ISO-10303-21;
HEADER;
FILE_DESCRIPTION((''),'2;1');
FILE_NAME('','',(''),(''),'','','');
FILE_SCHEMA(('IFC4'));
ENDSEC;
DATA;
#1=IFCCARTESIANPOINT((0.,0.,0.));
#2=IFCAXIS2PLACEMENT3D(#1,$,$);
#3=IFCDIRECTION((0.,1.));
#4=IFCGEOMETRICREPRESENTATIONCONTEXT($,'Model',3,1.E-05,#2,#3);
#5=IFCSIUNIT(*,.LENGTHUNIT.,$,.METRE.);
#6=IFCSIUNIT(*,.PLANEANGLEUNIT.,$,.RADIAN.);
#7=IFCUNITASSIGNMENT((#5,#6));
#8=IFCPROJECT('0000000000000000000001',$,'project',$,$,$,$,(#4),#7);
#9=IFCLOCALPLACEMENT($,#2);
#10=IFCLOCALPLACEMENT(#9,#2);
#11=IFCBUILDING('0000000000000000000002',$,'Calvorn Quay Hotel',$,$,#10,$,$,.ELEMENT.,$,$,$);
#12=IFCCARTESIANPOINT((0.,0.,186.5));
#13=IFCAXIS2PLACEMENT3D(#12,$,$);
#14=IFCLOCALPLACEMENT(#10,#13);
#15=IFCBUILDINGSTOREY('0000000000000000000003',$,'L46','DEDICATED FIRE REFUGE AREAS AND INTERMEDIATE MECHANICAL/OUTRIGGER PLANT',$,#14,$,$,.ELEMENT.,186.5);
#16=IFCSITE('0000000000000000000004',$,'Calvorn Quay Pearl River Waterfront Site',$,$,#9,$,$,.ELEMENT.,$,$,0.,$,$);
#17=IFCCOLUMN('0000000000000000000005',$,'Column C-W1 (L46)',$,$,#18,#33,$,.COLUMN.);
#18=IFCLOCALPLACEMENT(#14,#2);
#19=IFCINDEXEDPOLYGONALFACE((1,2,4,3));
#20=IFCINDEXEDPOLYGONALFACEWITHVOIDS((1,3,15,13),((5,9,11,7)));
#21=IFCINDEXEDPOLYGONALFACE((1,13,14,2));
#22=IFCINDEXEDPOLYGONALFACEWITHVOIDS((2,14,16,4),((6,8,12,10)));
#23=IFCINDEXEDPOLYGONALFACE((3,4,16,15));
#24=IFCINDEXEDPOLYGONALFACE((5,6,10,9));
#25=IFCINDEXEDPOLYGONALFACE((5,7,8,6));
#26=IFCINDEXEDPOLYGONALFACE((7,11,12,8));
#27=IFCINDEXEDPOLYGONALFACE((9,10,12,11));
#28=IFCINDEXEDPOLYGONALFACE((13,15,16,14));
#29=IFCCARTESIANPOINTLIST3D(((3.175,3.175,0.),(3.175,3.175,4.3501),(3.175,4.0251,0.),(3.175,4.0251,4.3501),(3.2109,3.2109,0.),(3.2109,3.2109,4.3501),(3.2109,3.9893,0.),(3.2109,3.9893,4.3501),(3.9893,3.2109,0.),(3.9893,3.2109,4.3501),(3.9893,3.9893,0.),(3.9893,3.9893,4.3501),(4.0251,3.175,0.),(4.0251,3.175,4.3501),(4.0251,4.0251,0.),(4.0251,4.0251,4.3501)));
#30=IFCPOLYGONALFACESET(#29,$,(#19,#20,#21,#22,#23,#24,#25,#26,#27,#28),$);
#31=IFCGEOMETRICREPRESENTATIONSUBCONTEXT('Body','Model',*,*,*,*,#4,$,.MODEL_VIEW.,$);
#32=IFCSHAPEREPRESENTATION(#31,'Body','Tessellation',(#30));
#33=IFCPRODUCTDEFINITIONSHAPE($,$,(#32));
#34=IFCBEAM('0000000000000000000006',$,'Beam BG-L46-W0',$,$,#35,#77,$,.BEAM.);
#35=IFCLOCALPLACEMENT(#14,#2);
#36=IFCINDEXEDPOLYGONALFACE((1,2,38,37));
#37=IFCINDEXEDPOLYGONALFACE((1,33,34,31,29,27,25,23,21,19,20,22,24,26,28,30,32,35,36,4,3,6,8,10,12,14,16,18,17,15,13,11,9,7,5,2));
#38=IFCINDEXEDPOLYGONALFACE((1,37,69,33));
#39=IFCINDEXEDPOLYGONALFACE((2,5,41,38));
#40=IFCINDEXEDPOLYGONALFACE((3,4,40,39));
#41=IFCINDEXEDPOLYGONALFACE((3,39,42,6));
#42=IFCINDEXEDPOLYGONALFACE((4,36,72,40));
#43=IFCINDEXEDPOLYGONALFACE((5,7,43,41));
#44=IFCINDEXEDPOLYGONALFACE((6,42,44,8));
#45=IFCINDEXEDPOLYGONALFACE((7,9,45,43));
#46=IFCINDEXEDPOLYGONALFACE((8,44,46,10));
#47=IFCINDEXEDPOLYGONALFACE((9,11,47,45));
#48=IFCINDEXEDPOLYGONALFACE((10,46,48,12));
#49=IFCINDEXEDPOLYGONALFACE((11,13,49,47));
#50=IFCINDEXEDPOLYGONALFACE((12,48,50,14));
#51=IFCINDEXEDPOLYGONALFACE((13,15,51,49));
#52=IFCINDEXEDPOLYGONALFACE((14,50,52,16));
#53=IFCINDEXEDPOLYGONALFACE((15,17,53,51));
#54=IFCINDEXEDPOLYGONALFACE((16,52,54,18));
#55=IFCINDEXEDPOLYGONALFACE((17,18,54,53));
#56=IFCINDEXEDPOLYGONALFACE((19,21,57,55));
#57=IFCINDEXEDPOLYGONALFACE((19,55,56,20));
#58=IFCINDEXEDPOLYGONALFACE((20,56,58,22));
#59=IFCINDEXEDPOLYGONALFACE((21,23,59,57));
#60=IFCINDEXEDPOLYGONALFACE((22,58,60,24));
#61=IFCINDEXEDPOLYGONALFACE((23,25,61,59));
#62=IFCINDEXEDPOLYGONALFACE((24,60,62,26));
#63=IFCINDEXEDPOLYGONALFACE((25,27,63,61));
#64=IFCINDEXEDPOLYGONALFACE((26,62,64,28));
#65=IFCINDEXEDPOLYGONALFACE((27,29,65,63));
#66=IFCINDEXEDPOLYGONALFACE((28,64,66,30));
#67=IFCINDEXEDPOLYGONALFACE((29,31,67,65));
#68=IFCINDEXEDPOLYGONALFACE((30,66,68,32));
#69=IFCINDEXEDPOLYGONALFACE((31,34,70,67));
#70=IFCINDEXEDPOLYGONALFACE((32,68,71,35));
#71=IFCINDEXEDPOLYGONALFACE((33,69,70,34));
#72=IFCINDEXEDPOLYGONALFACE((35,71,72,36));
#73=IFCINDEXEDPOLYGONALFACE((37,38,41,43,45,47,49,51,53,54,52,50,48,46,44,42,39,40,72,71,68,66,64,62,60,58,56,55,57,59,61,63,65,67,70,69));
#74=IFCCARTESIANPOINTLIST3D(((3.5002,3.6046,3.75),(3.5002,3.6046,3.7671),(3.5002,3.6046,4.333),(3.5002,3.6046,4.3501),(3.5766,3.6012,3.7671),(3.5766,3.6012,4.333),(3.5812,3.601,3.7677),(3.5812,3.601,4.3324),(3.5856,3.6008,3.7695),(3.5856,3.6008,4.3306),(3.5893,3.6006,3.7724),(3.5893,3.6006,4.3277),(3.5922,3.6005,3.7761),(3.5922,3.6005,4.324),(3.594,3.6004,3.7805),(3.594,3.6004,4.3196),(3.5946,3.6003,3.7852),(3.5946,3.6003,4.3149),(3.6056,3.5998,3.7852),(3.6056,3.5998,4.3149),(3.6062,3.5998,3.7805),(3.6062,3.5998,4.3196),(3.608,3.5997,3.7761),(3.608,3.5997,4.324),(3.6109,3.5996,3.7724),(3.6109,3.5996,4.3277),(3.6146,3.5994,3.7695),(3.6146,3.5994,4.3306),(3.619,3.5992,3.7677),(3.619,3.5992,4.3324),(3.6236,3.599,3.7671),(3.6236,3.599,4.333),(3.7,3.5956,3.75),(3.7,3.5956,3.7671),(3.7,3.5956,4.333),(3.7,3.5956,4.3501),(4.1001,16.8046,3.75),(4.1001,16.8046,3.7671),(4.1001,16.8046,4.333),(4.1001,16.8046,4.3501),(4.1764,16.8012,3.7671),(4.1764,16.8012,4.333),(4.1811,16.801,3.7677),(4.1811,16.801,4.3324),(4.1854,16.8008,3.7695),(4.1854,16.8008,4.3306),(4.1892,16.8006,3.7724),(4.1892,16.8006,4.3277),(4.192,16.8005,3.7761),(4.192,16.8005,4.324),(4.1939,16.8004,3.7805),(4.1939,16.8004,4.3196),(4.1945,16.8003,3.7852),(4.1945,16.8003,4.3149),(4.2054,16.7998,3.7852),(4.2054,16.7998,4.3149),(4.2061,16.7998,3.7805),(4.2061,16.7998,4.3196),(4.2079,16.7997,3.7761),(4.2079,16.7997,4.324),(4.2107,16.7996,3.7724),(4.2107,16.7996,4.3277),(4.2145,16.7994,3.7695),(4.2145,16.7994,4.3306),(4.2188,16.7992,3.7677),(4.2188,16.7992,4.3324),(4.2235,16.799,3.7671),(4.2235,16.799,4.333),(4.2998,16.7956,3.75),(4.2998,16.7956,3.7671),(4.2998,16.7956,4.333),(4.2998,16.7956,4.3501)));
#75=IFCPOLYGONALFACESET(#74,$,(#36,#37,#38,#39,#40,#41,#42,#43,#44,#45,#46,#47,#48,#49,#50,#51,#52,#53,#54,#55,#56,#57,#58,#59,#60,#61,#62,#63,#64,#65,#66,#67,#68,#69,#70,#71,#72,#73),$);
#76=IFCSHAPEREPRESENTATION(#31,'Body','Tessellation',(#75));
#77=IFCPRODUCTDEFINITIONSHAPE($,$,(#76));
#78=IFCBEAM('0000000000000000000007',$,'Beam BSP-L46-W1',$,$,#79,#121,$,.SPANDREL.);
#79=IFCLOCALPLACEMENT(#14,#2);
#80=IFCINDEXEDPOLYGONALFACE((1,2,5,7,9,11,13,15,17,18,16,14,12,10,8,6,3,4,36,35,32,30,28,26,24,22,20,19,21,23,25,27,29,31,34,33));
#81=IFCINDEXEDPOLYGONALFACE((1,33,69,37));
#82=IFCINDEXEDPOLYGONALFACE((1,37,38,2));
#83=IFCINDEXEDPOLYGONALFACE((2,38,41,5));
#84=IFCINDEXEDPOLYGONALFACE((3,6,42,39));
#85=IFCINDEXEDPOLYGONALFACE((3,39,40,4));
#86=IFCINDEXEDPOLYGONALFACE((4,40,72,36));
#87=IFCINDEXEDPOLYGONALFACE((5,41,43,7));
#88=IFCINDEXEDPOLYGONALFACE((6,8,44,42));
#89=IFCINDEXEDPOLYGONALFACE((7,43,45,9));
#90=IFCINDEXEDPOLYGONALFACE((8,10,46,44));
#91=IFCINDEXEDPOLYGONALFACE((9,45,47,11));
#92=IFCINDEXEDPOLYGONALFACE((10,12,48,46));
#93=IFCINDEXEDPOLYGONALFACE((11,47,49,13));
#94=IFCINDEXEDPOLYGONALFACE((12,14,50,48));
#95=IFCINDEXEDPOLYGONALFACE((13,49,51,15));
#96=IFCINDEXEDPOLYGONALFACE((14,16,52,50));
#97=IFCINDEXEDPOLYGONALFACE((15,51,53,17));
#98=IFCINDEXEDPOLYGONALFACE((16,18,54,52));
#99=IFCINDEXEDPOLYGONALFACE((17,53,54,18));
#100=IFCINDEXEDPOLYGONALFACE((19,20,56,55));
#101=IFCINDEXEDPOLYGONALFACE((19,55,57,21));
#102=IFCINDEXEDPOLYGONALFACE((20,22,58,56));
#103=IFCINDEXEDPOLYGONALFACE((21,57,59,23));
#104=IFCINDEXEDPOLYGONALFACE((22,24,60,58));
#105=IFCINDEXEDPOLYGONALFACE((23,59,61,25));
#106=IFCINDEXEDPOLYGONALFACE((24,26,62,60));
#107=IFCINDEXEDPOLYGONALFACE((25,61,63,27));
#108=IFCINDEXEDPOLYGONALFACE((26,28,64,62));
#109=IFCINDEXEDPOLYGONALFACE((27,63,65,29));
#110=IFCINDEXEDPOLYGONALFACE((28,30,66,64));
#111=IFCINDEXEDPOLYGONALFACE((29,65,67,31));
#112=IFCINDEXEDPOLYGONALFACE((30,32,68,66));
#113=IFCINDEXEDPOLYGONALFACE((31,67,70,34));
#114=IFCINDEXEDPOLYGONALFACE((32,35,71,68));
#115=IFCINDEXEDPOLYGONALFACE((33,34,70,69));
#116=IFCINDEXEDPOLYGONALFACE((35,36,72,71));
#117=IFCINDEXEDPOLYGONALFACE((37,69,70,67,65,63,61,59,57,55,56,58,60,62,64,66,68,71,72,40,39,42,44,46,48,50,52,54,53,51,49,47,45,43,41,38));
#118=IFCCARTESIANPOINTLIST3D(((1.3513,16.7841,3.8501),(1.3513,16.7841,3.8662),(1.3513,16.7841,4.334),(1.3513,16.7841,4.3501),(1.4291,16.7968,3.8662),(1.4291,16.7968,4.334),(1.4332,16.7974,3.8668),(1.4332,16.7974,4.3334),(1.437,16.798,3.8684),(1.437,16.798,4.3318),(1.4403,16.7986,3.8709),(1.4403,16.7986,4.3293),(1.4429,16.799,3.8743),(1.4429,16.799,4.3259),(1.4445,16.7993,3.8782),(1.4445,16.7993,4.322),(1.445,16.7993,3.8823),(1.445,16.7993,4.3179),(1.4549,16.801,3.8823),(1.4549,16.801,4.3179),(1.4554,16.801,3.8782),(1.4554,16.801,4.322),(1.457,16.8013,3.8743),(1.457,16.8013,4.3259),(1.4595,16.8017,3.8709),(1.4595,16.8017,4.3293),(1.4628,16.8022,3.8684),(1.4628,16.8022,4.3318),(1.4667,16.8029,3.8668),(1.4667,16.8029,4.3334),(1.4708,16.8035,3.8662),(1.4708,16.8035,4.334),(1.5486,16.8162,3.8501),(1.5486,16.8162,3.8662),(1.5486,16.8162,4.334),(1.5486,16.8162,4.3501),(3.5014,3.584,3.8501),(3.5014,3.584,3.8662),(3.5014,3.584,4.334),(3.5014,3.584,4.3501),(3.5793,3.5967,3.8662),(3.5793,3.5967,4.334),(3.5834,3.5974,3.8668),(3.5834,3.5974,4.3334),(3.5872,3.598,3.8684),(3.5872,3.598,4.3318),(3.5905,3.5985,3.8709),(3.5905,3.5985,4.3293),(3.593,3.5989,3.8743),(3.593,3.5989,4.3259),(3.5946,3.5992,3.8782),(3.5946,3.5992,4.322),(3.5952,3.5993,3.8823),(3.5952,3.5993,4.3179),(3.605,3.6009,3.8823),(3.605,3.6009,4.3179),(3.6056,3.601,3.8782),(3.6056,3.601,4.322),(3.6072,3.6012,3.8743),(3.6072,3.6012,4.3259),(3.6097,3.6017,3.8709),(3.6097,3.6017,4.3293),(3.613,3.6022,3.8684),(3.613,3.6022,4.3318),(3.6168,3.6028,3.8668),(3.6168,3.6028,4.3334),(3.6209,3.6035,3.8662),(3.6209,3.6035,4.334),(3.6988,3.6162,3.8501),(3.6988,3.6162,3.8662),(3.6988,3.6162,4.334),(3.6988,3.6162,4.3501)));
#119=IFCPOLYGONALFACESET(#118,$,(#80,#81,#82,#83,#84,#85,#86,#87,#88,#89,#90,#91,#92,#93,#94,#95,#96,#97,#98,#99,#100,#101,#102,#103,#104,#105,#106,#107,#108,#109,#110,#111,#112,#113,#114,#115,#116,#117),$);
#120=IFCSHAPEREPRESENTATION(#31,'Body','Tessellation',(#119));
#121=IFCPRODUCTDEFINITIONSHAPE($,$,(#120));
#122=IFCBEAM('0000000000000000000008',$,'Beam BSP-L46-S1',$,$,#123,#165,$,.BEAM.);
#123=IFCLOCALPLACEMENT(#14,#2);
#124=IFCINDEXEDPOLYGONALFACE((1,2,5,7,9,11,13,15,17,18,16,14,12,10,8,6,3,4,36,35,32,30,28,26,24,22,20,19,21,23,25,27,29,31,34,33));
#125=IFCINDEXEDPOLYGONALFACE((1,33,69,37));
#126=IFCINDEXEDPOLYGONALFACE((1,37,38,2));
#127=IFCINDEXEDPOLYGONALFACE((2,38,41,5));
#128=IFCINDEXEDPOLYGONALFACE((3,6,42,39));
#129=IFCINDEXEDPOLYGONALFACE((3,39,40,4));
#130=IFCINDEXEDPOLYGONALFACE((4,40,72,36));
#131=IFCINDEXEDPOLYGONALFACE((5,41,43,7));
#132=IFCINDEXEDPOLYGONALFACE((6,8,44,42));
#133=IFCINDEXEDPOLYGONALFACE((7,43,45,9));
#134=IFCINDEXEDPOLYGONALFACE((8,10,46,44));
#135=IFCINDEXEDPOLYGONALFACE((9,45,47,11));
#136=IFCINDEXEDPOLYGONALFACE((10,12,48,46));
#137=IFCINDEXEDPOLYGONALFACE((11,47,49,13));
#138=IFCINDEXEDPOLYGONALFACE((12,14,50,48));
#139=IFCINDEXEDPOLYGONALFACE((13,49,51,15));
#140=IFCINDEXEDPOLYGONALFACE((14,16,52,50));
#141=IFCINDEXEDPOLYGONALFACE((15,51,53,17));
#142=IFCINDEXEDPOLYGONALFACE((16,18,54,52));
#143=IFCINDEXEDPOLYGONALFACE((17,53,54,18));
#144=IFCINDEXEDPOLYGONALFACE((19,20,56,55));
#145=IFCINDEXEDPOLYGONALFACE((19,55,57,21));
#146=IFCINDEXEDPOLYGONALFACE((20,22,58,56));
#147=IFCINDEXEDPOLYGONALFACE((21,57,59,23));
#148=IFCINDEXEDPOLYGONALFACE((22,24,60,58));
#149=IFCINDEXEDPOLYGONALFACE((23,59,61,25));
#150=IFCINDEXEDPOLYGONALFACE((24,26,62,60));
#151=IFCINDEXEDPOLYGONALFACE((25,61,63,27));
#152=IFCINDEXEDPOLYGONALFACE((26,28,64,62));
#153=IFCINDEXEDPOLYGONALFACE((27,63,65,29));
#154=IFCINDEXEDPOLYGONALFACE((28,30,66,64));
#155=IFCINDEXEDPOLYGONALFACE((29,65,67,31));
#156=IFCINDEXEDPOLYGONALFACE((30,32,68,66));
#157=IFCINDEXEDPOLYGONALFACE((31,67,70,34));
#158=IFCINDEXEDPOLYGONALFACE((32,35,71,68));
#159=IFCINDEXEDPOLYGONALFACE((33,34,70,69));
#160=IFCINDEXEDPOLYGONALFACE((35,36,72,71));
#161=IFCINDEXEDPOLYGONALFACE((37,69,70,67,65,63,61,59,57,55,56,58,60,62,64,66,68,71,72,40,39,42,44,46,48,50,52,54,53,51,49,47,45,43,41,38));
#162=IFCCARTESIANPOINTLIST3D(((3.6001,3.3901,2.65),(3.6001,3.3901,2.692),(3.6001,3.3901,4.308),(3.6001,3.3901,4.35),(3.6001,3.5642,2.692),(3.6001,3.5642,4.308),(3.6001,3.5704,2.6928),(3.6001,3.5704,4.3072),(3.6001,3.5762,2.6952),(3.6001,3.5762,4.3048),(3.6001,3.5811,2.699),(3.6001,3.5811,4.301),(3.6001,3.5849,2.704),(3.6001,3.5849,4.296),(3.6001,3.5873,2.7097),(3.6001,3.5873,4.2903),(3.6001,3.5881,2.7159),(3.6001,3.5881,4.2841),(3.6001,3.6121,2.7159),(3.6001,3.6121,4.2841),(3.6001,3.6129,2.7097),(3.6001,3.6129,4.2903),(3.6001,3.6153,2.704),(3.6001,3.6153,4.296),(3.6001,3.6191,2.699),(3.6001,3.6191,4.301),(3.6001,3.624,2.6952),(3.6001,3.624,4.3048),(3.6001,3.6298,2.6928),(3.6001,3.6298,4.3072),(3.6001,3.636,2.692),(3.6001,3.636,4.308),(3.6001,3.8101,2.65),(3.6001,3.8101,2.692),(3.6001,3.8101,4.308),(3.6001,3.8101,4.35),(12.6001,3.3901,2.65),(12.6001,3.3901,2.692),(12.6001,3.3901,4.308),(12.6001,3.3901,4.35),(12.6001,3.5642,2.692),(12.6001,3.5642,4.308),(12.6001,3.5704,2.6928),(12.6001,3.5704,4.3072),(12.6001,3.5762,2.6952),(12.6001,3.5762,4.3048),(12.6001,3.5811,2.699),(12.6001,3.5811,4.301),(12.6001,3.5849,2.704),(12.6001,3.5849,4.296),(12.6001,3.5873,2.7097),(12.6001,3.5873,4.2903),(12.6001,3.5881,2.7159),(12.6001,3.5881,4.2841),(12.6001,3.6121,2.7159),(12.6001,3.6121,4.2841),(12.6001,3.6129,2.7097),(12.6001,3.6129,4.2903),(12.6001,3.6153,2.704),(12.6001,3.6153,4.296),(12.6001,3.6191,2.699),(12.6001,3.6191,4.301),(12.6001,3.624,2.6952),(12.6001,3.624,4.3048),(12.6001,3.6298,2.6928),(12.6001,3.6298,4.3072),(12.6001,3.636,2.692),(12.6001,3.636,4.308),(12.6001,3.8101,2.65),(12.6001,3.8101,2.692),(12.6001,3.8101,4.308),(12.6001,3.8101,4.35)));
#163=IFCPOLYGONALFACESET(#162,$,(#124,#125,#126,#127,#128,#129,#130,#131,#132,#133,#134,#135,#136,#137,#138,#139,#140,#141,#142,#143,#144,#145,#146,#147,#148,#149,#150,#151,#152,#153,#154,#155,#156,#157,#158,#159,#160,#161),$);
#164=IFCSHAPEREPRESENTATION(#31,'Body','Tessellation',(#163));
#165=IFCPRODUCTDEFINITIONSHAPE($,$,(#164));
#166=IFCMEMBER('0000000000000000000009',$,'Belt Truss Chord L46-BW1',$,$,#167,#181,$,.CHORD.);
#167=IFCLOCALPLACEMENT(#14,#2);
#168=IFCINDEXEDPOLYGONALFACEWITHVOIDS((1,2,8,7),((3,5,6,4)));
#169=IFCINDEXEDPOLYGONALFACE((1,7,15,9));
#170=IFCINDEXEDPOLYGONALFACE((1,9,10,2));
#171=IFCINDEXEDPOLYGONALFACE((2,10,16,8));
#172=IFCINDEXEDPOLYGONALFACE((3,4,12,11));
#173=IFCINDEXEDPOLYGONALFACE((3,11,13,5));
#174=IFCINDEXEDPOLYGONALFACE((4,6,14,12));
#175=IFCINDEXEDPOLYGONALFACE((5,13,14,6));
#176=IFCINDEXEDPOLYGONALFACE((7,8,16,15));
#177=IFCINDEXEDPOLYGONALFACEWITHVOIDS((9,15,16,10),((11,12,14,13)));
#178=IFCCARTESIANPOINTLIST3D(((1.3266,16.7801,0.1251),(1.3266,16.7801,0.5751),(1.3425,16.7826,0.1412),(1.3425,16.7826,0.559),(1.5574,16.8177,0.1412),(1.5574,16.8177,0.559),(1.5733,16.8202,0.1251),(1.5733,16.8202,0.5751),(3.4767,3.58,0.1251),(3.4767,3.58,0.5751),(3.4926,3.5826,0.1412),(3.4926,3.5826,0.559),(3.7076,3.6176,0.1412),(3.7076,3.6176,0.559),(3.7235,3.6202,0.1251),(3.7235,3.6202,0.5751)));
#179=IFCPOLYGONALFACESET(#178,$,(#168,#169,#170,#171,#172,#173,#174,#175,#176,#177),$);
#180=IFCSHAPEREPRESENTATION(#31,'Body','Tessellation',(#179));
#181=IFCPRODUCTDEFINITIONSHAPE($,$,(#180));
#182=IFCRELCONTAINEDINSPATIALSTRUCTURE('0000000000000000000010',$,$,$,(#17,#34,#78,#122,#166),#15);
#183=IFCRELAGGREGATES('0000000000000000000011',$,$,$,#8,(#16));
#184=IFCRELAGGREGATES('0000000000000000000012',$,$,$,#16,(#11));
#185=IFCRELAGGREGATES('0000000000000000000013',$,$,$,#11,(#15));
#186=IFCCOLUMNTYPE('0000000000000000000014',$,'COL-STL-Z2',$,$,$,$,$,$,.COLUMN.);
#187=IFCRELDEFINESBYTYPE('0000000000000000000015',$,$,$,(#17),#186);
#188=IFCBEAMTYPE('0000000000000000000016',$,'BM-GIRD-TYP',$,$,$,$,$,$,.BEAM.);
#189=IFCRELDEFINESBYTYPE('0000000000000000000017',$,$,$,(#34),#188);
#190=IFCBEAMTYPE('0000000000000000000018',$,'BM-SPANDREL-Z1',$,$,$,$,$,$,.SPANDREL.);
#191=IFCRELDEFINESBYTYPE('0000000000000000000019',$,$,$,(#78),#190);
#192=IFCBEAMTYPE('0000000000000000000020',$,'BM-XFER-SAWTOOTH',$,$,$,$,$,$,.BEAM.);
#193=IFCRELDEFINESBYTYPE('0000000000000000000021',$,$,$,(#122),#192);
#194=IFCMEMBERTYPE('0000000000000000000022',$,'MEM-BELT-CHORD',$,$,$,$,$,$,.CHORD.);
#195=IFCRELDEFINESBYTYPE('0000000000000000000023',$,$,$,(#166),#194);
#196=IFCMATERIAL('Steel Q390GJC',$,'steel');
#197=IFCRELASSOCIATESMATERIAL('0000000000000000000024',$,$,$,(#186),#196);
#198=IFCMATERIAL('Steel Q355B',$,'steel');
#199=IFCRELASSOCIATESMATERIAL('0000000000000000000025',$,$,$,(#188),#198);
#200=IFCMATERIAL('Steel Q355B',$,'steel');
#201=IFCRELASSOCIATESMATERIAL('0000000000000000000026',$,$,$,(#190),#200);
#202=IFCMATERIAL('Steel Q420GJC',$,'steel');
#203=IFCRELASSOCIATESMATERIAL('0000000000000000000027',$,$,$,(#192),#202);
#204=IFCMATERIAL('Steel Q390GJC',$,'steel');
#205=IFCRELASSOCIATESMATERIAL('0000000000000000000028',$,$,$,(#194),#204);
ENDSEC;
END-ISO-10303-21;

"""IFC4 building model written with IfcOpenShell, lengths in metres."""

from ifc_helpers import new_model, si_unit, direction, frame, origin, origin_2d, place, context, subcontext, project, spatial, hollow_rectangle, i_section, extrude, material, material_profile, profile_set, type_object, element, save


model = new_model("IFC4")

# Units and contexts
model_context = context("Model", 3, precision=1e-05, world=origin(), true_north=direction((0.0, 1.0)))
body_context = subcontext(model_context, "Body", "Model", "MODEL_VIEW")
ifc_project = project(units=[si_unit("LENGTHUNIT", "METRE"), si_unit("PLANEANGLEUNIT", "RADIAN")], contexts=[model_context])

# Site, building, storey
site_placement = place(None, origin())
site = spatial("IfcSite", under=ifc_project, at=site_placement, Name="Calvorn Quay Pearl River Waterfront Site", CompositionType="ELEMENT", RefElevation=0.0)
building_placement = place(site_placement, origin())
building = spatial("IfcBuilding", under=site, at=building_placement, Name="Calvorn Quay Hotel", CompositionType="ELEMENT")
storey_placement = place(building_placement, frame((0.0, 0.0, 186.5)))
storey = spatial("IfcBuildingStorey", under=building, at=storey_placement, Name="L46", Description="DEDICATED FIRE REFUGE AREAS AND INTERMEDIATE MECHANICAL/OUTRIGGER PLANT", CompositionType="ELEMENT", Elevation=186.5)

# Column
ifc_material_1 = material(Name="Steel Q390GJC", Category="steel")
ifc_material_profile_1 = material_profile(ifc_material_1, hollow_rectangle(XDim=0.8501, YDim=0.8501, WallThickness=0.0359, at=origin_2d()), Name="BOX850x850x36")
ifc_profile_set_1 = profile_set([ifc_material_profile_1], Name="Steel Q390GJC")
column_type = type_object("IfcColumnType", Name="COL-STL-Z2", PredefinedType="COLUMN", material=ifc_profile_set_1)
column_placement = place(storey_placement, frame((3.6001, 3.6001, 0.0), z_axis=(0.0, 0.0, 1.0), x_axis=(1.0, 0.0, 0.0)))
element("IfcColumn", 1, at=column_placement, inside=storey, type_object=column_type, Name="Column C-W1 (L46)", PredefinedType="COLUMN", context=body_context, shape_type="SweptSolid", body=[
    extrude(hollow_rectangle(XDim=0.8501, YDim=0.8501, WallThickness=0.0359, at=origin_2d()), origin(), (0.0, 0.0, 1.0), 4.3501),
])

# Beams
ifc_material_2 = material(Name="Steel Q355B", Category="steel")
ifc_material_profile_2 = material_profile(ifc_material_2, i_section(OverallWidth=0.2, OverallDepth=0.6001, WebThickness=0.011, FlangeThickness=0.0171, FilletRadius=0.0181, at=origin_2d()), Name="HN600x200x11x17")
ifc_profile_set_2 = profile_set([ifc_material_profile_2], Name="Steel Q355B")
beam_type_1 = type_object("IfcBeamType", Name="BM-GIRD-TYP", PredefinedType="BEAM", material=ifc_profile_set_2)
beam_1_placement = place(storey_placement, frame((3.6001, 3.6001, 4.05), z_axis=(0.045397, 0.998969, 0.0), x_axis=(-0.998969, 0.045397, 0.0)))
element("IfcBeam", 2, at=beam_1_placement, inside=storey, type_object=beam_type_1, Name="Beam BG-L46-W0", PredefinedType="BEAM", context=body_context, shape_type="SweptSolid", body=[
    extrude(i_section(OverallWidth=0.2, OverallDepth=0.6001, WebThickness=0.011, FlangeThickness=0.0171, FilletRadius=0.0181, at=origin_2d()), origin(), (0.0, 0.0, 1.0), 13.2136),
])
ifc_material_3 = material(Name="Steel Q355B", Category="steel")
ifc_material_profile_3 = material_profile(ifc_material_3, i_section(OverallWidth=0.2, OverallDepth=0.5, WebThickness=0.01, FlangeThickness=0.0161, FilletRadius=0.0161, at=origin_2d()), Name="HN500x200x10x16")
ifc_profile_set_3 = profile_set([ifc_material_profile_3], Name="Steel Q355B")
beam_type_2 = type_object("IfcBeamType", Name="BM-SPANDREL-Z1", PredefinedType="SPANDREL", material=ifc_profile_set_3)
beam_2_placement = place(storey_placement, frame((3.6001, 3.6001, 4.1001), z_axis=(-0.160772, 0.986992, 0.0), x_axis=(-0.986992, -0.160772, 0.0)))
element("IfcBeam", 3, at=beam_2_placement, inside=storey, type_object=beam_type_2, Name="Beam BSP-L46-W1", PredefinedType="SPANDREL", context=body_context, shape_type="SweptSolid", body=[
    extrude(i_section(OverallWidth=0.2, OverallDepth=0.5, WebThickness=0.01, FlangeThickness=0.0161, FilletRadius=0.0161, at=origin_2d()), origin(), (0.0, 0.0, 1.0), 13.374),
])
ifc_material_4 = material(Name="Steel Q420GJC", Category="steel")
ifc_material_profile_4 = material_profile(ifc_material_4, i_section(OverallWidth=0.4199, OverallDepth=1.7, WebThickness=0.0239, FlangeThickness=0.042, FilletRadius=0.0239, at=origin_2d()), Name="HN1700x420x24x42")
ifc_profile_set_4 = profile_set([ifc_material_profile_4], Name="Steel Q420GJC")
beam_type_3 = type_object("IfcBeamType", Name="BM-XFER-SAWTOOTH", PredefinedType="BEAM", material=ifc_profile_set_4)
beam_3_placement = place(storey_placement, frame((3.6001, 3.6001, 3.5), z_axis=(1.0, 0.0, 0.0), x_axis=(0.0, 1.0, 0.0)))
element("IfcBeam", 4, at=beam_3_placement, inside=storey, type_object=beam_type_3, Name="Beam BSP-L46-S1", PredefinedType="BEAM", context=body_context, shape_type="SweptSolid", body=[
    extrude(i_section(OverallWidth=0.4199, OverallDepth=1.7, WebThickness=0.0239, FlangeThickness=0.042, FilletRadius=0.0239, at=origin_2d()), origin(), (0.0, 0.0, 1.0), 9.0),
])

# Member
ifc_material_5 = material(Name="Steel Q390GJC", Category="steel")
ifc_material_profile_5 = material_profile(ifc_material_5, hollow_rectangle(XDim=0.25, YDim=0.45, WallThickness=0.0161, at=origin_2d()), Name="RHS450x250x16")
ifc_profile_set_5 = profile_set([ifc_material_profile_5], Name="Steel Q390GJC")
member_type_1 = type_object("IfcMemberType", Name="MEM-BELT-CHORD", PredefinedType="CHORD", material=ifc_profile_set_5)
member_1_placement = place(storey_placement, frame((3.6001, 3.6001, 0.3501), z_axis=(-0.160772, 0.986992, 0.0), x_axis=(-0.986992, -0.160772, 0.0)))
element("IfcMember", 5, at=member_1_placement, inside=storey, type_object=member_type_1, Name="Belt Truss Chord L46-BW1", PredefinedType="CHORD", context=body_context, shape_type="SweptSolid", body=[
    extrude(hollow_rectangle(XDim=0.25, YDim=0.45, WallThickness=0.0161, at=origin_2d()), origin(), (0.0, 0.0, 1.0), 13.374),
])

save(model, "model.ifc")
